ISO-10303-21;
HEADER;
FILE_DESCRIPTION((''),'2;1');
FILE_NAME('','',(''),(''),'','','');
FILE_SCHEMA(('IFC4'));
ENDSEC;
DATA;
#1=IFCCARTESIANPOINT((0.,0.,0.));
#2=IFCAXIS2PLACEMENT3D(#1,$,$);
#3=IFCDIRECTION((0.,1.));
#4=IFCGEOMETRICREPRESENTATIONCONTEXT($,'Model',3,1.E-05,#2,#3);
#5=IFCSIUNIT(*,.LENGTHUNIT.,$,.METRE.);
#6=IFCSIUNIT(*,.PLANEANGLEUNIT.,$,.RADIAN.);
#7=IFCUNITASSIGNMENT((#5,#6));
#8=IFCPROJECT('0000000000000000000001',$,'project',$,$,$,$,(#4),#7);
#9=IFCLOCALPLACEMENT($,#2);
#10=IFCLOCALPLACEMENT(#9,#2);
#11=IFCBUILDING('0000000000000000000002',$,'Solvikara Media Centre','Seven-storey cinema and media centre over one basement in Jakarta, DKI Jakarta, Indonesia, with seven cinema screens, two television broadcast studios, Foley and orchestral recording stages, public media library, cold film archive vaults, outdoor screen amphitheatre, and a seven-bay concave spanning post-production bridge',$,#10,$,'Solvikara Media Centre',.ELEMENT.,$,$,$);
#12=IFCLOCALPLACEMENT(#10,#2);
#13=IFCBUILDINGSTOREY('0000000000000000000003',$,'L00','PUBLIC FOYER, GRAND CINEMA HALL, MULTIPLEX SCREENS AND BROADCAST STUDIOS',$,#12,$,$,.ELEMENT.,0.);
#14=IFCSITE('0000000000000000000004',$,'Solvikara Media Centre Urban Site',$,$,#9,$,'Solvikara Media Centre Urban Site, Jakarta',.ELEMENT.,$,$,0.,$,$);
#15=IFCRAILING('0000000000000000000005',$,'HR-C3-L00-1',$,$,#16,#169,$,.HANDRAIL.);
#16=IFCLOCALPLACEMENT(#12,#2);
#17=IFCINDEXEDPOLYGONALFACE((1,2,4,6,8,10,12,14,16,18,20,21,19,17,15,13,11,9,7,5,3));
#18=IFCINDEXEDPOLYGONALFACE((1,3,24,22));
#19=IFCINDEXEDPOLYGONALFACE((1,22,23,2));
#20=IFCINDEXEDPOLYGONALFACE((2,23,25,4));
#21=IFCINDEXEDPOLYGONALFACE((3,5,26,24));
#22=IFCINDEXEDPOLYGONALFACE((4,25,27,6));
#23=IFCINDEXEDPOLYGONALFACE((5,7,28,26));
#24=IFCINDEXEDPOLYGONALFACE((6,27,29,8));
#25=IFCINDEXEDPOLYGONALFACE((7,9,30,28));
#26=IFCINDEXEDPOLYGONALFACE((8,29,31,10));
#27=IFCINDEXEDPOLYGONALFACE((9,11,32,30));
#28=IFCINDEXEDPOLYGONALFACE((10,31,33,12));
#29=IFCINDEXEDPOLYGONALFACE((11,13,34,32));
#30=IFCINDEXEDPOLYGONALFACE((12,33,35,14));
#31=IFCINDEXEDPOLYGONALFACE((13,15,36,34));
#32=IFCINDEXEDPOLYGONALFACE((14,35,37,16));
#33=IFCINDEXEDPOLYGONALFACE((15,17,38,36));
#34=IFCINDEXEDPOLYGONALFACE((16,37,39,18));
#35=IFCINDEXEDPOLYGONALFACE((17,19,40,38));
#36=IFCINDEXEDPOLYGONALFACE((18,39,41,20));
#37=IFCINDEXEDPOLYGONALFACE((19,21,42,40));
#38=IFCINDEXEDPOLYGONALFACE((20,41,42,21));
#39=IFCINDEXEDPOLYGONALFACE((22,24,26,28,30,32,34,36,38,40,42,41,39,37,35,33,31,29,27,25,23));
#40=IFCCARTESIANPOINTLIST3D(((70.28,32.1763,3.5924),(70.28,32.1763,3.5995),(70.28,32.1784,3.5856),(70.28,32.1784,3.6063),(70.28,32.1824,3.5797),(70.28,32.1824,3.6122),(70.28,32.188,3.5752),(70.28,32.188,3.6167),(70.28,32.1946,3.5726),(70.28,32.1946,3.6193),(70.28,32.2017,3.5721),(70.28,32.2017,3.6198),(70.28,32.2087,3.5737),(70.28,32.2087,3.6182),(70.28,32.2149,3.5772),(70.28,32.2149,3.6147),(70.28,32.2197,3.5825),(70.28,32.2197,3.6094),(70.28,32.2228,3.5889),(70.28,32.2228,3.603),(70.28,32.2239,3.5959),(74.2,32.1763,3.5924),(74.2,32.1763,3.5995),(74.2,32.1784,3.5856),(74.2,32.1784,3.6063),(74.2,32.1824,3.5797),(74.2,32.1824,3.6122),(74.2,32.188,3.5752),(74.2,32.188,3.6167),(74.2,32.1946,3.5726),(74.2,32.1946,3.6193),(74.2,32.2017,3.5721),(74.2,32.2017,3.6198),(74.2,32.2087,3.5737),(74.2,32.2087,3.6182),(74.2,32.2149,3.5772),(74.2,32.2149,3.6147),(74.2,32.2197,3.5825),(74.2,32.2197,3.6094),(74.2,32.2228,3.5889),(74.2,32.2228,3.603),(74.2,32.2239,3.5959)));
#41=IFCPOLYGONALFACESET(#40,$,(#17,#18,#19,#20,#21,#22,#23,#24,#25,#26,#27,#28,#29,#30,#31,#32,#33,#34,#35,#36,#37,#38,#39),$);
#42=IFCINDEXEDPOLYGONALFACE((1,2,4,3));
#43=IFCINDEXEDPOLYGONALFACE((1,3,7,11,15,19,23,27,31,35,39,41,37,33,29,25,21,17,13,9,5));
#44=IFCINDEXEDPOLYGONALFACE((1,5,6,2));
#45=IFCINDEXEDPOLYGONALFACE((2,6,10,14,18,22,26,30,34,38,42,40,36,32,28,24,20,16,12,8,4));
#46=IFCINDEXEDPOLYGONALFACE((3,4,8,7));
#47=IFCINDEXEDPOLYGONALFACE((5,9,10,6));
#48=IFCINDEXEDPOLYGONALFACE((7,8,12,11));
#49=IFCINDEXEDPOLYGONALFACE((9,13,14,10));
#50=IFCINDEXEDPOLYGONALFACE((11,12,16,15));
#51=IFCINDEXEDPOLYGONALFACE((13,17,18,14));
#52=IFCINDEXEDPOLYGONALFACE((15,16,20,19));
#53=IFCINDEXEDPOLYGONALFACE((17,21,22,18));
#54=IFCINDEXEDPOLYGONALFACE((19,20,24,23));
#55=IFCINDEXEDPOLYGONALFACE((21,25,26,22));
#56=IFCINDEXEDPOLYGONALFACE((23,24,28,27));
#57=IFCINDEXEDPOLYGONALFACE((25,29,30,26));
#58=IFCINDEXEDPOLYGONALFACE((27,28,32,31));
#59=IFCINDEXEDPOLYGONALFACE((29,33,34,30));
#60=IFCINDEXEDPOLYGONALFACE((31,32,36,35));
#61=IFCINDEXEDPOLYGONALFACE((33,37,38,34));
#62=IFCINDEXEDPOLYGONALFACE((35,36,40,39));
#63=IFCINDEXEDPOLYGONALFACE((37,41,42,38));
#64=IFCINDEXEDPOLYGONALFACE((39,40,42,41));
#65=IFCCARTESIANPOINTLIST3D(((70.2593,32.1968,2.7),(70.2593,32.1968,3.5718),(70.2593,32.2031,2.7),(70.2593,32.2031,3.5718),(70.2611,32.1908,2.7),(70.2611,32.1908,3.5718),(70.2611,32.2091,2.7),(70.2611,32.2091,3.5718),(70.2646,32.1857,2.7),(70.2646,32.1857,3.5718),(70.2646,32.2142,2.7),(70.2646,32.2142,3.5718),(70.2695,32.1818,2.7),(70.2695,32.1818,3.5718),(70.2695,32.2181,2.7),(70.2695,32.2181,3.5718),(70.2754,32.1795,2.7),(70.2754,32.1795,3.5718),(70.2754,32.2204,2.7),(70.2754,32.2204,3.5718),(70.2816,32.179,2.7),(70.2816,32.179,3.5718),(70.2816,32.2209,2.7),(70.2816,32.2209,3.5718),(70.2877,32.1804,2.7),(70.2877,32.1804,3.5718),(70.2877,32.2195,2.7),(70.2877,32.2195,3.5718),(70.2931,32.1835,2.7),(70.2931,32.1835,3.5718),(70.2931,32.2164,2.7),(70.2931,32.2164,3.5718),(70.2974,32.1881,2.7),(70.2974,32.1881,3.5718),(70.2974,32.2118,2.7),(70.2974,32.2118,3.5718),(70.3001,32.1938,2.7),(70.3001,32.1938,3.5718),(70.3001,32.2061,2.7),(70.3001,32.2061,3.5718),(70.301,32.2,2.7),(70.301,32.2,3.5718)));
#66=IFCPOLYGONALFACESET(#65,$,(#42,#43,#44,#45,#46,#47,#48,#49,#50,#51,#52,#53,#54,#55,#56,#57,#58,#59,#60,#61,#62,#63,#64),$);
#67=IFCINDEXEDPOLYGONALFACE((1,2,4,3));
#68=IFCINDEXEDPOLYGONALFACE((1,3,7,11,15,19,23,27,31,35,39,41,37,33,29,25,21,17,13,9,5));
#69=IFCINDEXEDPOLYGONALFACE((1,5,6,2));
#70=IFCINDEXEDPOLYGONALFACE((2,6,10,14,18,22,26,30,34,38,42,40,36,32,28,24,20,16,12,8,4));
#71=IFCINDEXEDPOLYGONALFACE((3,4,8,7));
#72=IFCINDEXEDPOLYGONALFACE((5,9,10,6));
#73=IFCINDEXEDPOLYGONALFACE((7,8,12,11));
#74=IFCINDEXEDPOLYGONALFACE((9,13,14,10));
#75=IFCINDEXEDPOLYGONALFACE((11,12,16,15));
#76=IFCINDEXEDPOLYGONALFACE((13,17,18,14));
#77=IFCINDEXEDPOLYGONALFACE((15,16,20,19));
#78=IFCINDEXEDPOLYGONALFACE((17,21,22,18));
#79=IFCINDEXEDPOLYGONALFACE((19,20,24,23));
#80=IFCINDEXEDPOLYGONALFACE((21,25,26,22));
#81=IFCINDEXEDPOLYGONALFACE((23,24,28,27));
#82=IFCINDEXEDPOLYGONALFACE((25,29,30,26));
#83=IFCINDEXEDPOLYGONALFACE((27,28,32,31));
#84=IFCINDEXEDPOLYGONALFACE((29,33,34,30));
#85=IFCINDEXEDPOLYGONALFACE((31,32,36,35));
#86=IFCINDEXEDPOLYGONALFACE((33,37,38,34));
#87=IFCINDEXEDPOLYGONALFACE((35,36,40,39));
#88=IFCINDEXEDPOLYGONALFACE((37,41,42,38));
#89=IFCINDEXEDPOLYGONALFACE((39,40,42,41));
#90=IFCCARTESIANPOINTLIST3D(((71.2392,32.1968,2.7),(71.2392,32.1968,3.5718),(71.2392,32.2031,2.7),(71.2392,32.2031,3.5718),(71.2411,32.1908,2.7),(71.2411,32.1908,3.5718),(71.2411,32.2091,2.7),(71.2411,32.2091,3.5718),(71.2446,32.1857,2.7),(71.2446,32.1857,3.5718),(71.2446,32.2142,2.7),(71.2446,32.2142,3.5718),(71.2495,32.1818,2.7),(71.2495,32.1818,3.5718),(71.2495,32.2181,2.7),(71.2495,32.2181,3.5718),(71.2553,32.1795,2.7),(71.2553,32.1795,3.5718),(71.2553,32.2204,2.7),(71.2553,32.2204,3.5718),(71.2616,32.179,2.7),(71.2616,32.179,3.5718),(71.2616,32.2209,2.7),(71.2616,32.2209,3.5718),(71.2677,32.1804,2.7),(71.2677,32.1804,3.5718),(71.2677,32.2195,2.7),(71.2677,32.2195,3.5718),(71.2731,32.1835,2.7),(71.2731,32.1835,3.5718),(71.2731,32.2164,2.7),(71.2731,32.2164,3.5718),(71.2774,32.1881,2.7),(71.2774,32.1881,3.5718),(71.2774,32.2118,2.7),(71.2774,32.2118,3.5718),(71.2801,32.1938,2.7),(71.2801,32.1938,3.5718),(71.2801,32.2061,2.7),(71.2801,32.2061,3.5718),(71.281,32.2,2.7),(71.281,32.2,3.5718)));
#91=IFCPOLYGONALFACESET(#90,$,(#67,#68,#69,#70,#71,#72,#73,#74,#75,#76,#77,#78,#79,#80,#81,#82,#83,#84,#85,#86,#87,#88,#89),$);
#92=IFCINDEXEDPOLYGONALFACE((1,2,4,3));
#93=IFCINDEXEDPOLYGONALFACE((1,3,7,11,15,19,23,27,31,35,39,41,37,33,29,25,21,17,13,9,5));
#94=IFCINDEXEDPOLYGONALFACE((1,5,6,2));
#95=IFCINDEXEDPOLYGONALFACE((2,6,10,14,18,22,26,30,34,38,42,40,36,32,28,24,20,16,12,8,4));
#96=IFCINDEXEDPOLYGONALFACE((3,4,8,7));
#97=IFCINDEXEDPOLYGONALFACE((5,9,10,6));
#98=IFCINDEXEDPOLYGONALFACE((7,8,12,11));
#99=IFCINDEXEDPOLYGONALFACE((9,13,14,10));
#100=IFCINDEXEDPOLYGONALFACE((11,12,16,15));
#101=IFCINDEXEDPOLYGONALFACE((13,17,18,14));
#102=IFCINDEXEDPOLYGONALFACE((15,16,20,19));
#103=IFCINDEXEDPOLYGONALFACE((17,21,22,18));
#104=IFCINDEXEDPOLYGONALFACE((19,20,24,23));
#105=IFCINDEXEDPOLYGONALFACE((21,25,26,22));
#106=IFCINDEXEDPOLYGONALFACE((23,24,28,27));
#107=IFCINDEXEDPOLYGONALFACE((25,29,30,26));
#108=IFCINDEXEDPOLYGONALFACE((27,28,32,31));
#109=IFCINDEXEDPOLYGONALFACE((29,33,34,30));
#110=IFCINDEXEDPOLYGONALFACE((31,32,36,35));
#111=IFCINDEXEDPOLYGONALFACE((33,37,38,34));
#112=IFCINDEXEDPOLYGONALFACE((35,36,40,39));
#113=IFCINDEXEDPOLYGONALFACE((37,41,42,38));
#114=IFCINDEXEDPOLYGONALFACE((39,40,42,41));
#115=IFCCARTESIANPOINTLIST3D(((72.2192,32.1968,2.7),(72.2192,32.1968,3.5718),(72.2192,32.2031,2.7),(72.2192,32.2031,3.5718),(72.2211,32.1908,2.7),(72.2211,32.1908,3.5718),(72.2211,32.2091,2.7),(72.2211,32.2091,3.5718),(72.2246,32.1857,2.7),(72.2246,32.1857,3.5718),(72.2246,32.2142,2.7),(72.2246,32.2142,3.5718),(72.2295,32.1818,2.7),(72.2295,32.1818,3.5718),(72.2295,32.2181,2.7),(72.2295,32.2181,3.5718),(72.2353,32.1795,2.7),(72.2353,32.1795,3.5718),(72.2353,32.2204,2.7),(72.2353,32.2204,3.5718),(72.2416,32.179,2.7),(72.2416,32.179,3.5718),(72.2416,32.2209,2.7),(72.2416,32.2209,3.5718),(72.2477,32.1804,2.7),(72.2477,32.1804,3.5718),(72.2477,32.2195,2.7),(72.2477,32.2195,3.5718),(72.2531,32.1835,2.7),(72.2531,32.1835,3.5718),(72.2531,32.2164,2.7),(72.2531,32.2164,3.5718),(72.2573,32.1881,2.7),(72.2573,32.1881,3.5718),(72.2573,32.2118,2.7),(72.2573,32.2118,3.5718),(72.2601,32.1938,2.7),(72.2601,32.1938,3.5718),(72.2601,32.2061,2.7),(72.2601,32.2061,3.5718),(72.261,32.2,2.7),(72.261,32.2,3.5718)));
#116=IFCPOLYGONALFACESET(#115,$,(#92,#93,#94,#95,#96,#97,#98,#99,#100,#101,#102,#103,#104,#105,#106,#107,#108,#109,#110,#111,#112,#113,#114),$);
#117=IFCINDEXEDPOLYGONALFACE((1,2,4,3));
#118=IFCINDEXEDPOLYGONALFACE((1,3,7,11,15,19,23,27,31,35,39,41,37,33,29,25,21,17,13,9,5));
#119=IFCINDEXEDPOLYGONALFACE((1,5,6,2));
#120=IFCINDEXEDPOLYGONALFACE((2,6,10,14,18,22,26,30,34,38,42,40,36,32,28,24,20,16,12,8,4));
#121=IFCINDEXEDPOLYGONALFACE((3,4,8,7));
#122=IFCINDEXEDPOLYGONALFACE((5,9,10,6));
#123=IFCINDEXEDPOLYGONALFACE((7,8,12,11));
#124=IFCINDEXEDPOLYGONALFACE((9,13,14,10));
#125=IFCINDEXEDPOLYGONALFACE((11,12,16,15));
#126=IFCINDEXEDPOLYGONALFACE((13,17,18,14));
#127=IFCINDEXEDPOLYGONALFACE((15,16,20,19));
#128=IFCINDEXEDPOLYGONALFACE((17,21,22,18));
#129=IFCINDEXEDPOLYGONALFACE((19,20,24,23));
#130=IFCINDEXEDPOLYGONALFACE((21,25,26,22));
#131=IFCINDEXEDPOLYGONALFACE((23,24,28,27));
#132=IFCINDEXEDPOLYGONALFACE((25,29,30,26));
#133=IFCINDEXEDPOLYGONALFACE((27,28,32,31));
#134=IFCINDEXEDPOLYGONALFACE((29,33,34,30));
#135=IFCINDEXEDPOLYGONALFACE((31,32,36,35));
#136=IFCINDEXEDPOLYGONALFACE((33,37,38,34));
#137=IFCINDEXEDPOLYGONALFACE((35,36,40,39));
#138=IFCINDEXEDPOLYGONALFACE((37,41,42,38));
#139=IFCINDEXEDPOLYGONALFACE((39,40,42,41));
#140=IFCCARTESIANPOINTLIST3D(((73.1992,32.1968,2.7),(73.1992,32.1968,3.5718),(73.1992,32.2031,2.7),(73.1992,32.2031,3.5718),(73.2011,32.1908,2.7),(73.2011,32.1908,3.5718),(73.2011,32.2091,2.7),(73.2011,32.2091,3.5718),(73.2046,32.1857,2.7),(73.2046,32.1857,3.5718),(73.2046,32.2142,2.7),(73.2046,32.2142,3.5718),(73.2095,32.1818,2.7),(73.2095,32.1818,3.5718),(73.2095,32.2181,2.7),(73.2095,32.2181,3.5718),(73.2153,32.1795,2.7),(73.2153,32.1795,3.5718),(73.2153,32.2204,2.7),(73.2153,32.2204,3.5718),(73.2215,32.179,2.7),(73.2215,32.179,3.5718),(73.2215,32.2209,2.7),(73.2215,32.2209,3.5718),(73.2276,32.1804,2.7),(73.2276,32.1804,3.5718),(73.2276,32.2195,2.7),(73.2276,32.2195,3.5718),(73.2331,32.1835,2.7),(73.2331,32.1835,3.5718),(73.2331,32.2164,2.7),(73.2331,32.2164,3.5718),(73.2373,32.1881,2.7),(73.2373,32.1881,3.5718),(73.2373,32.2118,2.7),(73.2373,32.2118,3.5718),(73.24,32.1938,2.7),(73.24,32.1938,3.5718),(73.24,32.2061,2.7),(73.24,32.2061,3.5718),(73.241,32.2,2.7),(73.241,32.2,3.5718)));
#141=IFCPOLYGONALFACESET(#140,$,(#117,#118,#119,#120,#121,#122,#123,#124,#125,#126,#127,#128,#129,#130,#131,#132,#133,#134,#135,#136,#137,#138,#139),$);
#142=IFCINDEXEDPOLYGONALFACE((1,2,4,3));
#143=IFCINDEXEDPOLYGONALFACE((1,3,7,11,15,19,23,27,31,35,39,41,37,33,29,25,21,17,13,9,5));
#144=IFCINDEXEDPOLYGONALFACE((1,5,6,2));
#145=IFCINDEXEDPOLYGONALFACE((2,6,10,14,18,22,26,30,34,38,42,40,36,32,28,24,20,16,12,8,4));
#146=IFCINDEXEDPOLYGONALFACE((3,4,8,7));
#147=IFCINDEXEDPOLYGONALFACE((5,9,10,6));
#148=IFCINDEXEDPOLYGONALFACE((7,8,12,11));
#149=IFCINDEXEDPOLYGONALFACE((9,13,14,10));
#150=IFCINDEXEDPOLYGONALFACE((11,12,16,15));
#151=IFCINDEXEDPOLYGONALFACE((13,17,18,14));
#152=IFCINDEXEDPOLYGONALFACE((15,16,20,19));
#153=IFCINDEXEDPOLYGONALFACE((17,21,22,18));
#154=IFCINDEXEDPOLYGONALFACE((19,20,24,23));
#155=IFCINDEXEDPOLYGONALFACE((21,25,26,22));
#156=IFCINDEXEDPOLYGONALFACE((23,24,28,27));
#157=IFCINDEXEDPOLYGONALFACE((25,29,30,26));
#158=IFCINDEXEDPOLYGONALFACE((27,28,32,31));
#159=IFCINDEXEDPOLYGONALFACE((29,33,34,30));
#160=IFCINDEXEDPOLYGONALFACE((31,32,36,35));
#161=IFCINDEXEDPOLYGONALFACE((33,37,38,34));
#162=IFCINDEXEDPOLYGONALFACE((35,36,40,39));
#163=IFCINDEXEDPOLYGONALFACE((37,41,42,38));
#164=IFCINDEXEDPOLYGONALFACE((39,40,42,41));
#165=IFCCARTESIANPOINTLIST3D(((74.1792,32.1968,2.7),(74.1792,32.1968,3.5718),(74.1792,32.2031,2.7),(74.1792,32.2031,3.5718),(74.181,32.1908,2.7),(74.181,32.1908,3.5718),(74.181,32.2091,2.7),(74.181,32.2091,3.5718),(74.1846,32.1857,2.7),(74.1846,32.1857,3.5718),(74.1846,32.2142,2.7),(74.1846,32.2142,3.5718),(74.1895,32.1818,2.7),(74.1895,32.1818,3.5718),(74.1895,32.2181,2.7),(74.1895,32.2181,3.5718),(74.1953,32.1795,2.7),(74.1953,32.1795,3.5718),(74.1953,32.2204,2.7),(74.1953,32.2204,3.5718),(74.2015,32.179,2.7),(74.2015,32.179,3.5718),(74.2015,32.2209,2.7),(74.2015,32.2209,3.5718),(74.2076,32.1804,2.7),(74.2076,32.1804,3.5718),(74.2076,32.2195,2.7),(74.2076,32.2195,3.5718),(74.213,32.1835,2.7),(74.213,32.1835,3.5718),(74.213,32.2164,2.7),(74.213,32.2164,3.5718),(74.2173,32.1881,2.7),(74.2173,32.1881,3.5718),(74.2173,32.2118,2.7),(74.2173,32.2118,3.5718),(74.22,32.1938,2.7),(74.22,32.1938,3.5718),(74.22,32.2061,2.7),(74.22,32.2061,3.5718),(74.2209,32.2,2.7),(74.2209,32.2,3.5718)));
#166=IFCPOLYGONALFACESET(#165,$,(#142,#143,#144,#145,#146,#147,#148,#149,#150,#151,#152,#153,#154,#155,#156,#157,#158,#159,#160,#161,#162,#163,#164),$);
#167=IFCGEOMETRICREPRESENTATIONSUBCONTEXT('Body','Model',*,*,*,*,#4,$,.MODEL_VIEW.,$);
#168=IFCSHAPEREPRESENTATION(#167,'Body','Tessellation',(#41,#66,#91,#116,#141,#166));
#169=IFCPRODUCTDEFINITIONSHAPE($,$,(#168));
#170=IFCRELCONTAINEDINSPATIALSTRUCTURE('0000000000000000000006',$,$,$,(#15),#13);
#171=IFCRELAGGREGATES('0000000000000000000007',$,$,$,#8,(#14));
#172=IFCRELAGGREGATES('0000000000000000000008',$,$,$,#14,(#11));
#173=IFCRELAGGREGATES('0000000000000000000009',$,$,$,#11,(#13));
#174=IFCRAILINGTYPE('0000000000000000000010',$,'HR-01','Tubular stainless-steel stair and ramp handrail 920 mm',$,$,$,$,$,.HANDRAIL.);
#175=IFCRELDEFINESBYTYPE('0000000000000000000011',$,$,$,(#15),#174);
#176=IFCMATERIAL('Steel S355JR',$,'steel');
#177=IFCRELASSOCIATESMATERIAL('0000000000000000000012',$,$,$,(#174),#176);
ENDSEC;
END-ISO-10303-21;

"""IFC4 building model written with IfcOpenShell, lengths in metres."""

from ifc_helpers import new_model, si_unit, direction, frame, origin, origin_2d, place, context, subcontext, project, spatial, circle, extrude, material, type_object, element, save


model = new_model("IFC4")

# Units and contexts
model_context = context("Model", 3, precision=1e-05, world=origin(), true_north=direction((0.0, 1.0)))
body_context = subcontext(model_context, "Body", "Model", "MODEL_VIEW")
ifc_project = project(units=[si_unit("LENGTHUNIT", "METRE"), si_unit("PLANEANGLEUNIT", "RADIAN")], contexts=[model_context])

# Site, building, storey
site_placement = place(None, origin())
site = spatial("IfcSite", under=ifc_project, at=site_placement, Name="Solvikara Media Centre Urban Site", LongName="Solvikara Media Centre Urban Site, Jakarta", CompositionType="ELEMENT", RefElevation=0.0)
building_placement = place(site_placement, origin())
building = spatial("IfcBuilding", under=site, at=building_placement, Name="Solvikara Media Centre", Description="Seven-storey cinema and media centre over one basement in Jakarta, DKI Jakarta, Indonesia, with seven cinema screens, two television broadcast studios, Foley and orchestral recording stages, public media library, cold film archive vaults, outdoor screen amphitheatre, and a seven-bay concave spanning post-production bridge", LongName="Solvikara Media Centre", CompositionType="ELEMENT")
storey_placement = place(building_placement, origin())
storey = spatial("IfcBuildingStorey", under=building, at=storey_placement, Name="L00", Description="PUBLIC FOYER, GRAND CINEMA HALL, MULTIPLEX SCREENS AND BROADCAST STUDIOS", CompositionType="ELEMENT", Elevation=0.0)

# Shared definitions
ifc_material_1 = material(Name="Steel S355JR", Category="steel")

# Railing
railing_type_1 = type_object("IfcRailingType", Name="HR-01", Description="Tubular stainless-steel stair and ramp handrail 920 mm", PredefinedType="HANDRAIL", material=ifc_material_1)
railing_1_placement = place(storey_placement, frame((70.28, 32.2, 2.7)))
element("IfcRailing", 1, at=railing_1_placement, inside=storey, type_object=railing_type_1, Name="HR-C3-L00-1", PredefinedType="HANDRAIL", context=body_context, shape_type="SweptSolid", body=[
    extrude(circle(Radius=0.0239, at=origin_2d()), frame((0.0, 0.0, 0.896), z_axis=(1.0, 0.0, 0.0), x_axis=(0.0, 1.0, 0.0)), (0.0, 0.0, 1.0), 3.9199),
    extrude(circle(Radius=0.021, at=origin_2d()), origin(), (0.0, 0.0, 1.0), 0.8718),
    extrude(circle(Radius=0.021, at=origin_2d()), frame((0.98, 0.0, 0.0)), (0.0, 0.0, 1.0), 0.8718),
    extrude(circle(Radius=0.021, at=origin_2d()), frame((1.96, 0.0, 0.0)), (0.0, 0.0, 1.0), 0.8718),
    extrude(circle(Radius=0.021, at=origin_2d()), frame((2.9399, 0.0, 0.0)), (0.0, 0.0, 1.0), 0.8718),
    extrude(circle(Radius=0.021, at=origin_2d()), frame((3.9199, 0.0, 0.0)), (0.0, 0.0, 1.0), 0.8718),
])

save(model, "model.ifc")
